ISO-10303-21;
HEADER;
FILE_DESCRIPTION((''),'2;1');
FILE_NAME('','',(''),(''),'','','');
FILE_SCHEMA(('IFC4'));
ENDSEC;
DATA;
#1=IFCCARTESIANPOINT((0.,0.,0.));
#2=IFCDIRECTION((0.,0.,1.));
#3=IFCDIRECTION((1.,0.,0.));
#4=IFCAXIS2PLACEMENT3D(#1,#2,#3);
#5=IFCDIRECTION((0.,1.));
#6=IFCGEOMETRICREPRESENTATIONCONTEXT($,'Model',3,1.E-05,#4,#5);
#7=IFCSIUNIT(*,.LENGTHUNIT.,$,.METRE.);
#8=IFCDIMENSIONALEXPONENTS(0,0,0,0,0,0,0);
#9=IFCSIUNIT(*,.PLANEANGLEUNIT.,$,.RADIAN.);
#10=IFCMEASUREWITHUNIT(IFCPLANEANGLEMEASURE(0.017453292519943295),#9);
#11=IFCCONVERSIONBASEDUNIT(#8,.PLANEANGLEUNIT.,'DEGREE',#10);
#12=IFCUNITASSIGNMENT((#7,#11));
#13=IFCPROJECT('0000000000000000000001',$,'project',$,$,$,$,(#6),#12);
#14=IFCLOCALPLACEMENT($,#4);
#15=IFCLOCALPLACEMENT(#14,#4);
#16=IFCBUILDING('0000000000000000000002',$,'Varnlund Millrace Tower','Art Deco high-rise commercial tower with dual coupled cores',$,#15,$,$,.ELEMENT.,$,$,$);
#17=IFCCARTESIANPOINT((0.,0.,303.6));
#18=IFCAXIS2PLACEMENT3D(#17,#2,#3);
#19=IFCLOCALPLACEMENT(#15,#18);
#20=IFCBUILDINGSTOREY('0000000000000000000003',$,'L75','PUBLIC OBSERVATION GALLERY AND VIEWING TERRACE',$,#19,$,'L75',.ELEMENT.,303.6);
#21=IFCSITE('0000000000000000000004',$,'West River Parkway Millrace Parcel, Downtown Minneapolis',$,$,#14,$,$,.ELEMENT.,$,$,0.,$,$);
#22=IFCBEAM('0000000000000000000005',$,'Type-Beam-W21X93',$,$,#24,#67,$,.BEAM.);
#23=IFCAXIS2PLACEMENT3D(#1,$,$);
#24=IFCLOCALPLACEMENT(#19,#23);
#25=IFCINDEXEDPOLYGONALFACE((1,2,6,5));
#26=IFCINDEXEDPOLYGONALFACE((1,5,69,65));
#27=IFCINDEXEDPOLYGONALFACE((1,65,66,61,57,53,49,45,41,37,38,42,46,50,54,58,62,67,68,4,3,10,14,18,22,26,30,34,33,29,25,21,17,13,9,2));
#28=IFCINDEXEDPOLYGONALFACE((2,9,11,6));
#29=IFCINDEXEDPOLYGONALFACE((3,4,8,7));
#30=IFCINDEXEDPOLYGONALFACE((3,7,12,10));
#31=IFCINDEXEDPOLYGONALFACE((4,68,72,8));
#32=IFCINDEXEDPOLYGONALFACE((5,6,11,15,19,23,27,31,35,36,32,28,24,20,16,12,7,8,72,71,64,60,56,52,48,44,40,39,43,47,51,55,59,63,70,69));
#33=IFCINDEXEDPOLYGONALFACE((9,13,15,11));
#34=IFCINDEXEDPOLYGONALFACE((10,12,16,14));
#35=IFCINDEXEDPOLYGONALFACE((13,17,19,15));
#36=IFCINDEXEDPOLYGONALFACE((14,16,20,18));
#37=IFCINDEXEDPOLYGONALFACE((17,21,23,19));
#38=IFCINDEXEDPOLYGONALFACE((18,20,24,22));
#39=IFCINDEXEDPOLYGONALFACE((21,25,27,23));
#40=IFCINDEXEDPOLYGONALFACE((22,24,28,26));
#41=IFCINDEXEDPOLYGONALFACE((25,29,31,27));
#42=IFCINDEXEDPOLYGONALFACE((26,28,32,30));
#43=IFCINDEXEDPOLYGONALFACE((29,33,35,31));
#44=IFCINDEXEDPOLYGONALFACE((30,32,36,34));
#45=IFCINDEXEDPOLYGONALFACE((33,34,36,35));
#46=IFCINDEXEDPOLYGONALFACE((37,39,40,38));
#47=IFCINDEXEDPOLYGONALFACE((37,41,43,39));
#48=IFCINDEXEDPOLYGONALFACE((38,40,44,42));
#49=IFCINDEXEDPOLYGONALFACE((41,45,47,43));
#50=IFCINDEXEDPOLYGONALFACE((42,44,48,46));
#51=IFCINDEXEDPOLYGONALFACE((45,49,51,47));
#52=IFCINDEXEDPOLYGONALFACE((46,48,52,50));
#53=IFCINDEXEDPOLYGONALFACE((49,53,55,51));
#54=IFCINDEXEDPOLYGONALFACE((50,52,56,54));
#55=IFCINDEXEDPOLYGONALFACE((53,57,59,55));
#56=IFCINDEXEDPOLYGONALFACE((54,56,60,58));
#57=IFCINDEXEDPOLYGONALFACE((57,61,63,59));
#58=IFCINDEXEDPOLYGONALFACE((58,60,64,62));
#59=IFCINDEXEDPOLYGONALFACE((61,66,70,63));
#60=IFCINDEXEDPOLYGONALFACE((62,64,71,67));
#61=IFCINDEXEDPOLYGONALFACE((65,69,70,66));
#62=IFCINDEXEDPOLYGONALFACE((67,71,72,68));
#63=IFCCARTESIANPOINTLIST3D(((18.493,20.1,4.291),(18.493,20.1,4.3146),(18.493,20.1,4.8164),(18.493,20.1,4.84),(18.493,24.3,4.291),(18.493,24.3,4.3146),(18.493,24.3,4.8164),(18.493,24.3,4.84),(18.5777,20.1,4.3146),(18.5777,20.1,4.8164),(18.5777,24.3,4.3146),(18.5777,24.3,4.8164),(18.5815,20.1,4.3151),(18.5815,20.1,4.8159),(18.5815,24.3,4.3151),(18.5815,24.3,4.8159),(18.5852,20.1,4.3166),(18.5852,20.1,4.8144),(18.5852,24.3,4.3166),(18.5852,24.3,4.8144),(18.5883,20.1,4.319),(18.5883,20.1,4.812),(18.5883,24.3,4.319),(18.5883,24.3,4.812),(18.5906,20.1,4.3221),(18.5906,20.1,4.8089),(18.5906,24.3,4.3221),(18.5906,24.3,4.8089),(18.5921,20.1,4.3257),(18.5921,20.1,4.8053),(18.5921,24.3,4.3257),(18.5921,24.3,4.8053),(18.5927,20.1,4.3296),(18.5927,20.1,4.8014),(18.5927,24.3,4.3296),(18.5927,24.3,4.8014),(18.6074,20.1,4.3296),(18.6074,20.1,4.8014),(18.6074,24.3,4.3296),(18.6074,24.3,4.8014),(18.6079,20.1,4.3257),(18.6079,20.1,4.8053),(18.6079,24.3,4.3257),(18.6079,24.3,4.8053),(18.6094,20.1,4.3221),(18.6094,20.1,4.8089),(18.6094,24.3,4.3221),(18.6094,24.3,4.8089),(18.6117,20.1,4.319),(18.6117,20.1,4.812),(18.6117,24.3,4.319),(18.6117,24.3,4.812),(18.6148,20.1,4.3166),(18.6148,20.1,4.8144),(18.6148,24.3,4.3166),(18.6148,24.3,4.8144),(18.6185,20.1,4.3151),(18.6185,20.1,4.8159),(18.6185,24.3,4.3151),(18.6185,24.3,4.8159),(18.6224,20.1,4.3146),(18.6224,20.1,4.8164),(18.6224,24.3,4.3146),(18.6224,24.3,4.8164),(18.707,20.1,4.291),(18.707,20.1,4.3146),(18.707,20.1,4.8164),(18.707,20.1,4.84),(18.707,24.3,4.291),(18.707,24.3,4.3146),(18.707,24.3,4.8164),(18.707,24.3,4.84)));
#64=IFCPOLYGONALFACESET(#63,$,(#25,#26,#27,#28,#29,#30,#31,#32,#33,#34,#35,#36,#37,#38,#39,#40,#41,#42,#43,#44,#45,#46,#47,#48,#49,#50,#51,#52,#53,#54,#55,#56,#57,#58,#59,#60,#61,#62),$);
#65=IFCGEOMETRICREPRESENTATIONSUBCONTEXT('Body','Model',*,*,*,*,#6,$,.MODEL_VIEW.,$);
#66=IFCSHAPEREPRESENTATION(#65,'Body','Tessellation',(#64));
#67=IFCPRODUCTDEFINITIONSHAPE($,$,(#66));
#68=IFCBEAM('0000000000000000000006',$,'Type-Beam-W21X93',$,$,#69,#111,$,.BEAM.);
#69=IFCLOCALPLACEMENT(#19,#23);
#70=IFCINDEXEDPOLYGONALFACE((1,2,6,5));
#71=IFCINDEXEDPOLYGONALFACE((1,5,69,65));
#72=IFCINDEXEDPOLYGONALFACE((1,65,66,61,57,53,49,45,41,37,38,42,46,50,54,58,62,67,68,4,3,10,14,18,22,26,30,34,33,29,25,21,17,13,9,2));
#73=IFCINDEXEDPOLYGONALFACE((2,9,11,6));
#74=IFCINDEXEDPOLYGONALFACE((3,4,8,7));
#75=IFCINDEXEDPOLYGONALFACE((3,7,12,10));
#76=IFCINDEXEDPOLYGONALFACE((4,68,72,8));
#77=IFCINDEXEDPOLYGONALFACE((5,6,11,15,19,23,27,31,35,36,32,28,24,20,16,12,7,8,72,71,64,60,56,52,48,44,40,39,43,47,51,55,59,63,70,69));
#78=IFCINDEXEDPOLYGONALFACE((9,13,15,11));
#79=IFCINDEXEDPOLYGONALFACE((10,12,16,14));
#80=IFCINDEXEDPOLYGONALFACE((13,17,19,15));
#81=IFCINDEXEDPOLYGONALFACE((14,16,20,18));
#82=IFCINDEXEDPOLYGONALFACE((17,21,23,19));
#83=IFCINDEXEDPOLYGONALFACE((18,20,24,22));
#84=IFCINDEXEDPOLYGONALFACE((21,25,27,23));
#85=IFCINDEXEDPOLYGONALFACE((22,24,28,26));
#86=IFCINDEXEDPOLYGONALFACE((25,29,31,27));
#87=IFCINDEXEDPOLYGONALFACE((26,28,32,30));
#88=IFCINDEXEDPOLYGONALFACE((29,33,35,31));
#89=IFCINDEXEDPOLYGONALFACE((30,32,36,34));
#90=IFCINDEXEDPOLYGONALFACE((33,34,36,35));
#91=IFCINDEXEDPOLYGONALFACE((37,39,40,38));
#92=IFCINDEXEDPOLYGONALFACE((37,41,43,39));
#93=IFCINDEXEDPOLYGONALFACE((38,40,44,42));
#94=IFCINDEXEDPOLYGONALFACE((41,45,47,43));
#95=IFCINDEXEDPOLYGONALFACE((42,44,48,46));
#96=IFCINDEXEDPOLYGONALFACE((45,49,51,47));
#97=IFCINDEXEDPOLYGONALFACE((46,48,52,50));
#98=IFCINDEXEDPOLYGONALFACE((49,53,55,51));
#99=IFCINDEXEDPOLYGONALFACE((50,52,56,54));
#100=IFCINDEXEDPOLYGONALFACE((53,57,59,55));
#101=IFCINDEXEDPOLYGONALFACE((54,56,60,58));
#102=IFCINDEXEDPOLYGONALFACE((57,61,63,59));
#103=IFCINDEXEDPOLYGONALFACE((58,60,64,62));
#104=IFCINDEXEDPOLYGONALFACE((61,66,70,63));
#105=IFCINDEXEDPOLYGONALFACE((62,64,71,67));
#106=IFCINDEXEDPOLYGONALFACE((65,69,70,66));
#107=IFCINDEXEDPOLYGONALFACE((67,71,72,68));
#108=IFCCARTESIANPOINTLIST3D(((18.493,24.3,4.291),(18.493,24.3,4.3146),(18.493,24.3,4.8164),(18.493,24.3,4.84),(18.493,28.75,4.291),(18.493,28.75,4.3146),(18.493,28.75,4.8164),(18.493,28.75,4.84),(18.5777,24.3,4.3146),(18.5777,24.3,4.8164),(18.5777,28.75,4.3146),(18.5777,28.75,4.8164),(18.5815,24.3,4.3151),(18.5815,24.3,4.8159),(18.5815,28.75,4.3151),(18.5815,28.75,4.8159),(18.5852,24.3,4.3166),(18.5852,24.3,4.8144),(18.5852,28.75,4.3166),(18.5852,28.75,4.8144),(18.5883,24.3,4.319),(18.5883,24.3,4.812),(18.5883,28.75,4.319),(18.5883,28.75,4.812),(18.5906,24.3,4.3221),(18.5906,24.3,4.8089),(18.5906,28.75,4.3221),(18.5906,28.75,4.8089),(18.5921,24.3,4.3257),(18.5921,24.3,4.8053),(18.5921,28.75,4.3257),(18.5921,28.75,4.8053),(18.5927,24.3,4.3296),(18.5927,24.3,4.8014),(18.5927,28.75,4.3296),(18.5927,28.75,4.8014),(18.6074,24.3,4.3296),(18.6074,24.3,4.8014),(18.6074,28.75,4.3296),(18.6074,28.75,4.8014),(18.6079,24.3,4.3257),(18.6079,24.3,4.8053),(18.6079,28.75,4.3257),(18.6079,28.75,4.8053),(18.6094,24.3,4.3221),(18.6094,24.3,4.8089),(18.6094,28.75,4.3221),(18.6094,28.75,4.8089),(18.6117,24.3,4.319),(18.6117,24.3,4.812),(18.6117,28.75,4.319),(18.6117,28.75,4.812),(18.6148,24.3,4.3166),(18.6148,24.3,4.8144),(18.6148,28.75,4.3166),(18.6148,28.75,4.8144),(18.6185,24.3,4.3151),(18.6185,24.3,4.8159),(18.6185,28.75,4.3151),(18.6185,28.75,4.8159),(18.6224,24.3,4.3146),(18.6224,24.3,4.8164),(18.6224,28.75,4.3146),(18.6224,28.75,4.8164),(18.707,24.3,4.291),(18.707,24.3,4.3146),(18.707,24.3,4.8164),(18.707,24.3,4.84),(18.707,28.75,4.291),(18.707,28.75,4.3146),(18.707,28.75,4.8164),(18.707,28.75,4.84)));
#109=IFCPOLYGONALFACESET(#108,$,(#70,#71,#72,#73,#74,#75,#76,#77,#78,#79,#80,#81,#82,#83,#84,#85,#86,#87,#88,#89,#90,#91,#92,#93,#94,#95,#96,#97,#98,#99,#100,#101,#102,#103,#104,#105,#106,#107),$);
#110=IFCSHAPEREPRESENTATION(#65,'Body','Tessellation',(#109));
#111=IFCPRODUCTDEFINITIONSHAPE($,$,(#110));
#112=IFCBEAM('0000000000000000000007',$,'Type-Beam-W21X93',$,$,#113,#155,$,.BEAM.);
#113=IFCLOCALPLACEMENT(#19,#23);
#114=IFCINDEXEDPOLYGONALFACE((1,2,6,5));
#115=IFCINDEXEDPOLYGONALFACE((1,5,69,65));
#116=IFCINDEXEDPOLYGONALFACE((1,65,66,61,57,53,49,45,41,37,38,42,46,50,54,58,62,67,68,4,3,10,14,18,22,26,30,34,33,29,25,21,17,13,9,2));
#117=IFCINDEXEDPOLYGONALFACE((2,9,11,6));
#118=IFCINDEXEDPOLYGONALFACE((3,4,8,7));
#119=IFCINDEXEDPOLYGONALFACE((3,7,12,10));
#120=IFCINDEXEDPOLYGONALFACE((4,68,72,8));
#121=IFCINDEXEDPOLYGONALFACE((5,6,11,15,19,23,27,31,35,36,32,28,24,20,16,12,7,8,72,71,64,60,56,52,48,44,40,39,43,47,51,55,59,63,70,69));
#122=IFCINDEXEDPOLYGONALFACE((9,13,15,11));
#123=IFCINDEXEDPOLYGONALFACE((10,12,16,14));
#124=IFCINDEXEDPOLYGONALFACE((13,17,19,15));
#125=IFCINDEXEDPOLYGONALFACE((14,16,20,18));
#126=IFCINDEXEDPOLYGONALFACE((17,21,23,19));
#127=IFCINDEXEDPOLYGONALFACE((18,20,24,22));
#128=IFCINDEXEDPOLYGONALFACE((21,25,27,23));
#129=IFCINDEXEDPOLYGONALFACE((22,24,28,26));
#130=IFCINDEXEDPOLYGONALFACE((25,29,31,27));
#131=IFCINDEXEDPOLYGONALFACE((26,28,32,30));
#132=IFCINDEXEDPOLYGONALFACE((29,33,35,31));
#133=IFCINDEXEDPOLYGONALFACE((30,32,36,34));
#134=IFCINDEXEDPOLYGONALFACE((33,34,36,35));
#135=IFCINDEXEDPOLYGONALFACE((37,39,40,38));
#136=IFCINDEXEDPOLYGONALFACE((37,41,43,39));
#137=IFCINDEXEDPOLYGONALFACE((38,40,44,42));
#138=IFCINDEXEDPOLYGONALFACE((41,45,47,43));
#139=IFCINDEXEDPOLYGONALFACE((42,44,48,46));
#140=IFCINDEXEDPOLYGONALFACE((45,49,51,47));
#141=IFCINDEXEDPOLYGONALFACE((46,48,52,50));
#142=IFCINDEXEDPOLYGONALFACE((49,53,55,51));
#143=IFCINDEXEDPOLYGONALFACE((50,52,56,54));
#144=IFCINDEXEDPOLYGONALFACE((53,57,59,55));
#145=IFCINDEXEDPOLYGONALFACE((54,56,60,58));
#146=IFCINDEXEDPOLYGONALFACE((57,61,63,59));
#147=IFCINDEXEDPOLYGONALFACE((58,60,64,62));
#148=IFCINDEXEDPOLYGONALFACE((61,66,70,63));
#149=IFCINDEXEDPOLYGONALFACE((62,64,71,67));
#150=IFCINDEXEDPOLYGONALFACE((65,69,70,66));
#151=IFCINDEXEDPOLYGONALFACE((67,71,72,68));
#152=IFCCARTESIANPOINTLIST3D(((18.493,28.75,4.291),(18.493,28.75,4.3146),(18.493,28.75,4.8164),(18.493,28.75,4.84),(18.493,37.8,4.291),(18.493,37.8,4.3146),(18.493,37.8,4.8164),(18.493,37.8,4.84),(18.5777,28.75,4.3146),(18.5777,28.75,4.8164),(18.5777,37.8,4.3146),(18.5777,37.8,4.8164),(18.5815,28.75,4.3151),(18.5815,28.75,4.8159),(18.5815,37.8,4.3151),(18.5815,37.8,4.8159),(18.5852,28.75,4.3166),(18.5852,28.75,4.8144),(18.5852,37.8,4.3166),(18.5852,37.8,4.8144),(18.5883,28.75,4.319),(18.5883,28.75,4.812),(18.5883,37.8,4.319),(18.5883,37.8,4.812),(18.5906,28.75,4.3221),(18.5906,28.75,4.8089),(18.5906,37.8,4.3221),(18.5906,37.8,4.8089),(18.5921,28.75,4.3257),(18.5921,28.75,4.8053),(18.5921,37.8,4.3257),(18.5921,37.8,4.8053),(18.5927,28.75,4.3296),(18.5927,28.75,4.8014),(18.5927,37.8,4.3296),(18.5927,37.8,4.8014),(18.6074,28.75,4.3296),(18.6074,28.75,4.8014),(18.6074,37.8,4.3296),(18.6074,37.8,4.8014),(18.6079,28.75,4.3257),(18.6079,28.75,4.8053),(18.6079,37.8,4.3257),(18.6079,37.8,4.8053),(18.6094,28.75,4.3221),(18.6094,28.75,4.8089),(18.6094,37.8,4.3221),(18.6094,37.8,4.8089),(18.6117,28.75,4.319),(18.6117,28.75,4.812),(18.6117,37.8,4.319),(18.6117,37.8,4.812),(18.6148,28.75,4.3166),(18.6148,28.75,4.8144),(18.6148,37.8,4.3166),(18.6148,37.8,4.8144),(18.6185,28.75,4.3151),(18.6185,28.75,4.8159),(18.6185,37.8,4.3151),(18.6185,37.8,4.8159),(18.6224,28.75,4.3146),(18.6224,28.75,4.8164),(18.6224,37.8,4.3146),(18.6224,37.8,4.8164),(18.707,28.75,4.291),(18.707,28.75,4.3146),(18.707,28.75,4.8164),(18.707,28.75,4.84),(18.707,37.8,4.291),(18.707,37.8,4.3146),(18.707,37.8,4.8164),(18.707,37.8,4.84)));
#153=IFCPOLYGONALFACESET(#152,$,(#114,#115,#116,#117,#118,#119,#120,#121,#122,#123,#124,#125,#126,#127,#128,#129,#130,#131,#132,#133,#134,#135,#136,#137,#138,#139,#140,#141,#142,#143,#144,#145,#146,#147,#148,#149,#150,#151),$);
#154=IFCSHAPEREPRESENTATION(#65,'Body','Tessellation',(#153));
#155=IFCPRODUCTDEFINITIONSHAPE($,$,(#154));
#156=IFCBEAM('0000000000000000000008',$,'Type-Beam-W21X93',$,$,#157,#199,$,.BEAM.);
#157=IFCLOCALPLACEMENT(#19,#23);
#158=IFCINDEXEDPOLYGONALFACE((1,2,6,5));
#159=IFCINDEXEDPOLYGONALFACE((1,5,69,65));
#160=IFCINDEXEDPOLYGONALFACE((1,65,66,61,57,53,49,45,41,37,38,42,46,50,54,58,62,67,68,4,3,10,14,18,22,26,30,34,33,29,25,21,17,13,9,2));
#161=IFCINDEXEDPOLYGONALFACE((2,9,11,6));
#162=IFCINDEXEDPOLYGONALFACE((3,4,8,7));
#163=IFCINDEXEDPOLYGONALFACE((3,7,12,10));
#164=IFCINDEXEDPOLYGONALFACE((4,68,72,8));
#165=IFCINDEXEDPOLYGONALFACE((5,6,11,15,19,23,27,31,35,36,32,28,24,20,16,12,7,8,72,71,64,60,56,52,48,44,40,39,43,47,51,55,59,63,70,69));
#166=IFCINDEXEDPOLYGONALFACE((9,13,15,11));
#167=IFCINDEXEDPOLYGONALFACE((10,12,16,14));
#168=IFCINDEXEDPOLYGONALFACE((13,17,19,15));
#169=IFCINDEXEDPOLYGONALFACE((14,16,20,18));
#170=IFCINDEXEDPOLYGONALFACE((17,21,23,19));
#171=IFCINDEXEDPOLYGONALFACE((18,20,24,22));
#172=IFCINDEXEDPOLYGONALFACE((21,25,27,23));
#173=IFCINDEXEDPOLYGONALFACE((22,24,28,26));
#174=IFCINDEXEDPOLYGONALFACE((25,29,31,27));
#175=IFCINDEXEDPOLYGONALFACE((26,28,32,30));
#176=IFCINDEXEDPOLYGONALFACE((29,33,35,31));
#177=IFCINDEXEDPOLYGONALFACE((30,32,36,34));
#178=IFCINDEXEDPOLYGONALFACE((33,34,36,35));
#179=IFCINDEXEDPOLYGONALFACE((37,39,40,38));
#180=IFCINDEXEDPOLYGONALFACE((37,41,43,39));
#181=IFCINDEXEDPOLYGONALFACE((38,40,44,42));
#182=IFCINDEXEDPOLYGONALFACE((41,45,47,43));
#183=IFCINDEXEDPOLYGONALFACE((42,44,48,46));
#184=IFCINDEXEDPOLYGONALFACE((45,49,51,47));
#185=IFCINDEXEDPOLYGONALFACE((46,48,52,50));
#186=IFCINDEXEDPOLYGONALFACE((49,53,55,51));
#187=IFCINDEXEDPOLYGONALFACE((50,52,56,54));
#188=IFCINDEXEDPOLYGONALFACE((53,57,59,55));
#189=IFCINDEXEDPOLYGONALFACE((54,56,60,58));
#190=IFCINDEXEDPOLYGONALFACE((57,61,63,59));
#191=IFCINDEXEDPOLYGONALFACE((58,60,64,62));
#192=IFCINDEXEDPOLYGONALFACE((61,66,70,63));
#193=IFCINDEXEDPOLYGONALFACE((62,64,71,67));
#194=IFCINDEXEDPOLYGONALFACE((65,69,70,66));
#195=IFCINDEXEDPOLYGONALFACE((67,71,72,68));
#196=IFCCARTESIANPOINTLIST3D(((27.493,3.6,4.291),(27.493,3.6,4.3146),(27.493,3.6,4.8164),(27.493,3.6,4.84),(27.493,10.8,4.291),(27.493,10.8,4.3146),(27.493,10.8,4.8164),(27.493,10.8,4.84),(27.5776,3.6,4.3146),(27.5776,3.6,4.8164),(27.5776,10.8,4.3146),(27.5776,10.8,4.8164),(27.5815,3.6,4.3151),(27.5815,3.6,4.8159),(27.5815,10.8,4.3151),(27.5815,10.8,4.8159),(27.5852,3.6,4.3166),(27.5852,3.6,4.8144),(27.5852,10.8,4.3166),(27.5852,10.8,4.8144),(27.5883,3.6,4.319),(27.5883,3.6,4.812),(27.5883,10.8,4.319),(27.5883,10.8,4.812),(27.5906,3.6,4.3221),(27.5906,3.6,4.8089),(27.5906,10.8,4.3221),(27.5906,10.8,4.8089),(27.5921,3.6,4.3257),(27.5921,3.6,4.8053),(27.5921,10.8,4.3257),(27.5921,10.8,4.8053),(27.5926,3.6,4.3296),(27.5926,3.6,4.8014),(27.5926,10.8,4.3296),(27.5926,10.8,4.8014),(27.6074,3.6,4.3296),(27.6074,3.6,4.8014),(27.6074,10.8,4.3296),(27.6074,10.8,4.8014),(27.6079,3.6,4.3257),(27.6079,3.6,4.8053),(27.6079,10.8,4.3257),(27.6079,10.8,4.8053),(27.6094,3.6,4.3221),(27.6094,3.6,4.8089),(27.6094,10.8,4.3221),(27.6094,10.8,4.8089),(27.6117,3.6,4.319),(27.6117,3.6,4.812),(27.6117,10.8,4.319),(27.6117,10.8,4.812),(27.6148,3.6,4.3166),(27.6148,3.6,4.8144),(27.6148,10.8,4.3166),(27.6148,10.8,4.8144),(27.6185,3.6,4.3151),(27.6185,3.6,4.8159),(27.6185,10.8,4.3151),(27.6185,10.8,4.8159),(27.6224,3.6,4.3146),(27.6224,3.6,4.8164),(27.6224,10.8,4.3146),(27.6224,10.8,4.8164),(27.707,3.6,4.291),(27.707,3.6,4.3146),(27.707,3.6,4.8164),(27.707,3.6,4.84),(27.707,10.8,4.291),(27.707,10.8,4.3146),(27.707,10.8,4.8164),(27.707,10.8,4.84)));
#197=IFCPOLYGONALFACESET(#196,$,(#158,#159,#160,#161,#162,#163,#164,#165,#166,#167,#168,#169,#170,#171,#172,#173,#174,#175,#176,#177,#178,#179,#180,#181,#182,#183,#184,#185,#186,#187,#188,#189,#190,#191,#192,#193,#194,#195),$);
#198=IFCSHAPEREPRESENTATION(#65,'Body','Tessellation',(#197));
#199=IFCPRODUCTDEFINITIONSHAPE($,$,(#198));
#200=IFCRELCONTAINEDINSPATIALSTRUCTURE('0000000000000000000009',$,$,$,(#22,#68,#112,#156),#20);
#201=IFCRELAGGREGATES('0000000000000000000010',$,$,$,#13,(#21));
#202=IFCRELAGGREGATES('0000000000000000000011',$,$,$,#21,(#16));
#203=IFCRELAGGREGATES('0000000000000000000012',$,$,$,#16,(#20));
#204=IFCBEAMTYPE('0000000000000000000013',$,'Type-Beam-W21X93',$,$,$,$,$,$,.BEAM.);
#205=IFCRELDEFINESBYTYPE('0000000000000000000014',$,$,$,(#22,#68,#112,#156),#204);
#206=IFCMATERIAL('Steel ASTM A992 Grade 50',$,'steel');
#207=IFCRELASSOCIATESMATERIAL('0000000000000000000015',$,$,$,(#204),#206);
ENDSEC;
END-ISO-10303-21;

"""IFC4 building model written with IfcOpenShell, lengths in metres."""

from ifc_helpers import new_model, entity, si_unit, converted_unit, direction, frame, origin_with_axes, origin_2d_with_axis, place, context, subcontext, project, spatial, i_section, extrude, material, material_profile, profile_set, type_object, element, save


model = new_model("IFC4")

# Units and contexts
model_context = context("Model", 3, precision=1e-05, world=origin_with_axes(), true_north=direction((0.0, 1.0)))
body_context = subcontext(model_context, "Body", "Model", "MODEL_VIEW")
ifc_project = project(units=[si_unit("LENGTHUNIT", "METRE"), converted_unit("PLANEANGLEUNIT", "DEGREE", entity("IfcPlaneAngleMeasure", 0.017453292519943295), si_unit("PLANEANGLEUNIT", "RADIAN"), dimensions=[0, 0, 0, 0, 0, 0, 0])], contexts=[model_context])

# Site, building, storey
site_placement = place(None, origin_with_axes())
site = spatial("IfcSite", under=ifc_project, at=site_placement, Name="West River Parkway Millrace Parcel, Downtown Minneapolis", CompositionType="ELEMENT", RefElevation=0.0)
building_placement = place(site_placement, origin_with_axes())
building = spatial("IfcBuilding", under=site, at=building_placement, Name="Varnlund Millrace Tower", Description="Art Deco high-rise commercial tower with dual coupled cores", CompositionType="ELEMENT")
storey_placement = place(building_placement, frame((0.0, 0.0, 303.6), z_axis=(0.0, 0.0, 1.0), x_axis=(1.0, 0.0, 0.0)))
storey = spatial("IfcBuildingStorey", under=building, at=storey_placement, Name="L75", Description="PUBLIC OBSERVATION GALLERY AND VIEWING TERRACE", LongName="L75", CompositionType="ELEMENT", Elevation=303.6)

# Beams
ifc_material_1 = material(Name="Steel ASTM A992 Grade 50", Category="steel")
ifc_material_profile_1 = material_profile(ifc_material_1, i_section(OverallWidth=0.214, OverallDepth=0.549, WebThickness=0.0147, FlangeThickness=0.0236, FilletRadius=0.015, at=origin_2d_with_axis()), Name="Steel ASTM A992 Grade 50")
ifc_profile_set_1 = profile_set([ifc_material_profile_1], Name="Steel ASTM A992 Grade 50")
beam_type_1 = type_object("IfcBeamType", Name="Type-Beam-W21X93", PredefinedType="BEAM", material=ifc_profile_set_1)
beam_1_placement = place(storey_placement, frame((18.6, 20.1, 4.5655), z_axis=(0.0, 1.0, 0.0), x_axis=(-1.0, 0.0, 0.0)))
element("IfcBeam", 1, at=beam_1_placement, inside=storey, type_object=beam_type_1, Name="Type-Beam-W21X93", PredefinedType="BEAM", context=body_context, shape_type="SweptSolid", body=[
    extrude(i_section(OverallWidth=0.214, OverallDepth=0.549, WebThickness=0.0147, FlangeThickness=0.0236, FilletRadius=0.015, at=origin_2d_with_axis()), origin_with_axes(), (0.0, 0.0, 1.0), 4.2),
])
beam_2_placement = place(storey_placement, frame((18.6, 24.3, 4.5655), z_axis=(0.0, 1.0, 0.0), x_axis=(-1.0, 0.0, 0.0)))
element("IfcBeam", 2, at=beam_2_placement, inside=storey, type_object=beam_type_1, Name="Type-Beam-W21X93", PredefinedType="BEAM", context=body_context, shape_type="SweptSolid", body=[
    extrude(i_section(OverallWidth=0.214, OverallDepth=0.549, WebThickness=0.0147, FlangeThickness=0.0236, FilletRadius=0.015, at=origin_2d_with_axis()), origin_with_axes(), (0.0, 0.0, 1.0), 4.45),
])
beam_3_placement = place(storey_placement, frame((18.6, 28.75, 4.5655), z_axis=(0.0, 1.0, 0.0), x_axis=(-1.0, 0.0, 0.0)))
element("IfcBeam", 3, at=beam_3_placement, inside=storey, type_object=beam_type_1, Name="Type-Beam-W21X93", PredefinedType="BEAM", context=body_context, shape_type="SweptSolid", body=[
    extrude(i_section(OverallWidth=0.214, OverallDepth=0.549, WebThickness=0.0147, FlangeThickness=0.0236, FilletRadius=0.015, at=origin_2d_with_axis()), origin_with_axes(), (0.0, 0.0, 1.0), 9.05),
])
for number, where, z_axis, x_axis, name in (
    (4, (27.6, 3.6, 4.5655), (0.0, 1.0, 0.0), (-1.0, 0.0, 0.0), "Type-Beam-W21X93"),
):
    element("IfcBeam", number, at=place(storey_placement, frame(where, z_axis=z_axis, x_axis=x_axis)), inside=storey, type_object=beam_type_1, Name=name, PredefinedType="BEAM", context=body_context, shape_type="SweptSolid", body=[
        extrude(i_section(OverallWidth=0.214, OverallDepth=0.549, WebThickness=0.0147, FlangeThickness=0.0236, FilletRadius=0.015, at=origin_2d_with_axis()), origin_with_axes(), (0.0, 0.0, 1.0), 7.2),
    ])

save(model, "model.ifc")
